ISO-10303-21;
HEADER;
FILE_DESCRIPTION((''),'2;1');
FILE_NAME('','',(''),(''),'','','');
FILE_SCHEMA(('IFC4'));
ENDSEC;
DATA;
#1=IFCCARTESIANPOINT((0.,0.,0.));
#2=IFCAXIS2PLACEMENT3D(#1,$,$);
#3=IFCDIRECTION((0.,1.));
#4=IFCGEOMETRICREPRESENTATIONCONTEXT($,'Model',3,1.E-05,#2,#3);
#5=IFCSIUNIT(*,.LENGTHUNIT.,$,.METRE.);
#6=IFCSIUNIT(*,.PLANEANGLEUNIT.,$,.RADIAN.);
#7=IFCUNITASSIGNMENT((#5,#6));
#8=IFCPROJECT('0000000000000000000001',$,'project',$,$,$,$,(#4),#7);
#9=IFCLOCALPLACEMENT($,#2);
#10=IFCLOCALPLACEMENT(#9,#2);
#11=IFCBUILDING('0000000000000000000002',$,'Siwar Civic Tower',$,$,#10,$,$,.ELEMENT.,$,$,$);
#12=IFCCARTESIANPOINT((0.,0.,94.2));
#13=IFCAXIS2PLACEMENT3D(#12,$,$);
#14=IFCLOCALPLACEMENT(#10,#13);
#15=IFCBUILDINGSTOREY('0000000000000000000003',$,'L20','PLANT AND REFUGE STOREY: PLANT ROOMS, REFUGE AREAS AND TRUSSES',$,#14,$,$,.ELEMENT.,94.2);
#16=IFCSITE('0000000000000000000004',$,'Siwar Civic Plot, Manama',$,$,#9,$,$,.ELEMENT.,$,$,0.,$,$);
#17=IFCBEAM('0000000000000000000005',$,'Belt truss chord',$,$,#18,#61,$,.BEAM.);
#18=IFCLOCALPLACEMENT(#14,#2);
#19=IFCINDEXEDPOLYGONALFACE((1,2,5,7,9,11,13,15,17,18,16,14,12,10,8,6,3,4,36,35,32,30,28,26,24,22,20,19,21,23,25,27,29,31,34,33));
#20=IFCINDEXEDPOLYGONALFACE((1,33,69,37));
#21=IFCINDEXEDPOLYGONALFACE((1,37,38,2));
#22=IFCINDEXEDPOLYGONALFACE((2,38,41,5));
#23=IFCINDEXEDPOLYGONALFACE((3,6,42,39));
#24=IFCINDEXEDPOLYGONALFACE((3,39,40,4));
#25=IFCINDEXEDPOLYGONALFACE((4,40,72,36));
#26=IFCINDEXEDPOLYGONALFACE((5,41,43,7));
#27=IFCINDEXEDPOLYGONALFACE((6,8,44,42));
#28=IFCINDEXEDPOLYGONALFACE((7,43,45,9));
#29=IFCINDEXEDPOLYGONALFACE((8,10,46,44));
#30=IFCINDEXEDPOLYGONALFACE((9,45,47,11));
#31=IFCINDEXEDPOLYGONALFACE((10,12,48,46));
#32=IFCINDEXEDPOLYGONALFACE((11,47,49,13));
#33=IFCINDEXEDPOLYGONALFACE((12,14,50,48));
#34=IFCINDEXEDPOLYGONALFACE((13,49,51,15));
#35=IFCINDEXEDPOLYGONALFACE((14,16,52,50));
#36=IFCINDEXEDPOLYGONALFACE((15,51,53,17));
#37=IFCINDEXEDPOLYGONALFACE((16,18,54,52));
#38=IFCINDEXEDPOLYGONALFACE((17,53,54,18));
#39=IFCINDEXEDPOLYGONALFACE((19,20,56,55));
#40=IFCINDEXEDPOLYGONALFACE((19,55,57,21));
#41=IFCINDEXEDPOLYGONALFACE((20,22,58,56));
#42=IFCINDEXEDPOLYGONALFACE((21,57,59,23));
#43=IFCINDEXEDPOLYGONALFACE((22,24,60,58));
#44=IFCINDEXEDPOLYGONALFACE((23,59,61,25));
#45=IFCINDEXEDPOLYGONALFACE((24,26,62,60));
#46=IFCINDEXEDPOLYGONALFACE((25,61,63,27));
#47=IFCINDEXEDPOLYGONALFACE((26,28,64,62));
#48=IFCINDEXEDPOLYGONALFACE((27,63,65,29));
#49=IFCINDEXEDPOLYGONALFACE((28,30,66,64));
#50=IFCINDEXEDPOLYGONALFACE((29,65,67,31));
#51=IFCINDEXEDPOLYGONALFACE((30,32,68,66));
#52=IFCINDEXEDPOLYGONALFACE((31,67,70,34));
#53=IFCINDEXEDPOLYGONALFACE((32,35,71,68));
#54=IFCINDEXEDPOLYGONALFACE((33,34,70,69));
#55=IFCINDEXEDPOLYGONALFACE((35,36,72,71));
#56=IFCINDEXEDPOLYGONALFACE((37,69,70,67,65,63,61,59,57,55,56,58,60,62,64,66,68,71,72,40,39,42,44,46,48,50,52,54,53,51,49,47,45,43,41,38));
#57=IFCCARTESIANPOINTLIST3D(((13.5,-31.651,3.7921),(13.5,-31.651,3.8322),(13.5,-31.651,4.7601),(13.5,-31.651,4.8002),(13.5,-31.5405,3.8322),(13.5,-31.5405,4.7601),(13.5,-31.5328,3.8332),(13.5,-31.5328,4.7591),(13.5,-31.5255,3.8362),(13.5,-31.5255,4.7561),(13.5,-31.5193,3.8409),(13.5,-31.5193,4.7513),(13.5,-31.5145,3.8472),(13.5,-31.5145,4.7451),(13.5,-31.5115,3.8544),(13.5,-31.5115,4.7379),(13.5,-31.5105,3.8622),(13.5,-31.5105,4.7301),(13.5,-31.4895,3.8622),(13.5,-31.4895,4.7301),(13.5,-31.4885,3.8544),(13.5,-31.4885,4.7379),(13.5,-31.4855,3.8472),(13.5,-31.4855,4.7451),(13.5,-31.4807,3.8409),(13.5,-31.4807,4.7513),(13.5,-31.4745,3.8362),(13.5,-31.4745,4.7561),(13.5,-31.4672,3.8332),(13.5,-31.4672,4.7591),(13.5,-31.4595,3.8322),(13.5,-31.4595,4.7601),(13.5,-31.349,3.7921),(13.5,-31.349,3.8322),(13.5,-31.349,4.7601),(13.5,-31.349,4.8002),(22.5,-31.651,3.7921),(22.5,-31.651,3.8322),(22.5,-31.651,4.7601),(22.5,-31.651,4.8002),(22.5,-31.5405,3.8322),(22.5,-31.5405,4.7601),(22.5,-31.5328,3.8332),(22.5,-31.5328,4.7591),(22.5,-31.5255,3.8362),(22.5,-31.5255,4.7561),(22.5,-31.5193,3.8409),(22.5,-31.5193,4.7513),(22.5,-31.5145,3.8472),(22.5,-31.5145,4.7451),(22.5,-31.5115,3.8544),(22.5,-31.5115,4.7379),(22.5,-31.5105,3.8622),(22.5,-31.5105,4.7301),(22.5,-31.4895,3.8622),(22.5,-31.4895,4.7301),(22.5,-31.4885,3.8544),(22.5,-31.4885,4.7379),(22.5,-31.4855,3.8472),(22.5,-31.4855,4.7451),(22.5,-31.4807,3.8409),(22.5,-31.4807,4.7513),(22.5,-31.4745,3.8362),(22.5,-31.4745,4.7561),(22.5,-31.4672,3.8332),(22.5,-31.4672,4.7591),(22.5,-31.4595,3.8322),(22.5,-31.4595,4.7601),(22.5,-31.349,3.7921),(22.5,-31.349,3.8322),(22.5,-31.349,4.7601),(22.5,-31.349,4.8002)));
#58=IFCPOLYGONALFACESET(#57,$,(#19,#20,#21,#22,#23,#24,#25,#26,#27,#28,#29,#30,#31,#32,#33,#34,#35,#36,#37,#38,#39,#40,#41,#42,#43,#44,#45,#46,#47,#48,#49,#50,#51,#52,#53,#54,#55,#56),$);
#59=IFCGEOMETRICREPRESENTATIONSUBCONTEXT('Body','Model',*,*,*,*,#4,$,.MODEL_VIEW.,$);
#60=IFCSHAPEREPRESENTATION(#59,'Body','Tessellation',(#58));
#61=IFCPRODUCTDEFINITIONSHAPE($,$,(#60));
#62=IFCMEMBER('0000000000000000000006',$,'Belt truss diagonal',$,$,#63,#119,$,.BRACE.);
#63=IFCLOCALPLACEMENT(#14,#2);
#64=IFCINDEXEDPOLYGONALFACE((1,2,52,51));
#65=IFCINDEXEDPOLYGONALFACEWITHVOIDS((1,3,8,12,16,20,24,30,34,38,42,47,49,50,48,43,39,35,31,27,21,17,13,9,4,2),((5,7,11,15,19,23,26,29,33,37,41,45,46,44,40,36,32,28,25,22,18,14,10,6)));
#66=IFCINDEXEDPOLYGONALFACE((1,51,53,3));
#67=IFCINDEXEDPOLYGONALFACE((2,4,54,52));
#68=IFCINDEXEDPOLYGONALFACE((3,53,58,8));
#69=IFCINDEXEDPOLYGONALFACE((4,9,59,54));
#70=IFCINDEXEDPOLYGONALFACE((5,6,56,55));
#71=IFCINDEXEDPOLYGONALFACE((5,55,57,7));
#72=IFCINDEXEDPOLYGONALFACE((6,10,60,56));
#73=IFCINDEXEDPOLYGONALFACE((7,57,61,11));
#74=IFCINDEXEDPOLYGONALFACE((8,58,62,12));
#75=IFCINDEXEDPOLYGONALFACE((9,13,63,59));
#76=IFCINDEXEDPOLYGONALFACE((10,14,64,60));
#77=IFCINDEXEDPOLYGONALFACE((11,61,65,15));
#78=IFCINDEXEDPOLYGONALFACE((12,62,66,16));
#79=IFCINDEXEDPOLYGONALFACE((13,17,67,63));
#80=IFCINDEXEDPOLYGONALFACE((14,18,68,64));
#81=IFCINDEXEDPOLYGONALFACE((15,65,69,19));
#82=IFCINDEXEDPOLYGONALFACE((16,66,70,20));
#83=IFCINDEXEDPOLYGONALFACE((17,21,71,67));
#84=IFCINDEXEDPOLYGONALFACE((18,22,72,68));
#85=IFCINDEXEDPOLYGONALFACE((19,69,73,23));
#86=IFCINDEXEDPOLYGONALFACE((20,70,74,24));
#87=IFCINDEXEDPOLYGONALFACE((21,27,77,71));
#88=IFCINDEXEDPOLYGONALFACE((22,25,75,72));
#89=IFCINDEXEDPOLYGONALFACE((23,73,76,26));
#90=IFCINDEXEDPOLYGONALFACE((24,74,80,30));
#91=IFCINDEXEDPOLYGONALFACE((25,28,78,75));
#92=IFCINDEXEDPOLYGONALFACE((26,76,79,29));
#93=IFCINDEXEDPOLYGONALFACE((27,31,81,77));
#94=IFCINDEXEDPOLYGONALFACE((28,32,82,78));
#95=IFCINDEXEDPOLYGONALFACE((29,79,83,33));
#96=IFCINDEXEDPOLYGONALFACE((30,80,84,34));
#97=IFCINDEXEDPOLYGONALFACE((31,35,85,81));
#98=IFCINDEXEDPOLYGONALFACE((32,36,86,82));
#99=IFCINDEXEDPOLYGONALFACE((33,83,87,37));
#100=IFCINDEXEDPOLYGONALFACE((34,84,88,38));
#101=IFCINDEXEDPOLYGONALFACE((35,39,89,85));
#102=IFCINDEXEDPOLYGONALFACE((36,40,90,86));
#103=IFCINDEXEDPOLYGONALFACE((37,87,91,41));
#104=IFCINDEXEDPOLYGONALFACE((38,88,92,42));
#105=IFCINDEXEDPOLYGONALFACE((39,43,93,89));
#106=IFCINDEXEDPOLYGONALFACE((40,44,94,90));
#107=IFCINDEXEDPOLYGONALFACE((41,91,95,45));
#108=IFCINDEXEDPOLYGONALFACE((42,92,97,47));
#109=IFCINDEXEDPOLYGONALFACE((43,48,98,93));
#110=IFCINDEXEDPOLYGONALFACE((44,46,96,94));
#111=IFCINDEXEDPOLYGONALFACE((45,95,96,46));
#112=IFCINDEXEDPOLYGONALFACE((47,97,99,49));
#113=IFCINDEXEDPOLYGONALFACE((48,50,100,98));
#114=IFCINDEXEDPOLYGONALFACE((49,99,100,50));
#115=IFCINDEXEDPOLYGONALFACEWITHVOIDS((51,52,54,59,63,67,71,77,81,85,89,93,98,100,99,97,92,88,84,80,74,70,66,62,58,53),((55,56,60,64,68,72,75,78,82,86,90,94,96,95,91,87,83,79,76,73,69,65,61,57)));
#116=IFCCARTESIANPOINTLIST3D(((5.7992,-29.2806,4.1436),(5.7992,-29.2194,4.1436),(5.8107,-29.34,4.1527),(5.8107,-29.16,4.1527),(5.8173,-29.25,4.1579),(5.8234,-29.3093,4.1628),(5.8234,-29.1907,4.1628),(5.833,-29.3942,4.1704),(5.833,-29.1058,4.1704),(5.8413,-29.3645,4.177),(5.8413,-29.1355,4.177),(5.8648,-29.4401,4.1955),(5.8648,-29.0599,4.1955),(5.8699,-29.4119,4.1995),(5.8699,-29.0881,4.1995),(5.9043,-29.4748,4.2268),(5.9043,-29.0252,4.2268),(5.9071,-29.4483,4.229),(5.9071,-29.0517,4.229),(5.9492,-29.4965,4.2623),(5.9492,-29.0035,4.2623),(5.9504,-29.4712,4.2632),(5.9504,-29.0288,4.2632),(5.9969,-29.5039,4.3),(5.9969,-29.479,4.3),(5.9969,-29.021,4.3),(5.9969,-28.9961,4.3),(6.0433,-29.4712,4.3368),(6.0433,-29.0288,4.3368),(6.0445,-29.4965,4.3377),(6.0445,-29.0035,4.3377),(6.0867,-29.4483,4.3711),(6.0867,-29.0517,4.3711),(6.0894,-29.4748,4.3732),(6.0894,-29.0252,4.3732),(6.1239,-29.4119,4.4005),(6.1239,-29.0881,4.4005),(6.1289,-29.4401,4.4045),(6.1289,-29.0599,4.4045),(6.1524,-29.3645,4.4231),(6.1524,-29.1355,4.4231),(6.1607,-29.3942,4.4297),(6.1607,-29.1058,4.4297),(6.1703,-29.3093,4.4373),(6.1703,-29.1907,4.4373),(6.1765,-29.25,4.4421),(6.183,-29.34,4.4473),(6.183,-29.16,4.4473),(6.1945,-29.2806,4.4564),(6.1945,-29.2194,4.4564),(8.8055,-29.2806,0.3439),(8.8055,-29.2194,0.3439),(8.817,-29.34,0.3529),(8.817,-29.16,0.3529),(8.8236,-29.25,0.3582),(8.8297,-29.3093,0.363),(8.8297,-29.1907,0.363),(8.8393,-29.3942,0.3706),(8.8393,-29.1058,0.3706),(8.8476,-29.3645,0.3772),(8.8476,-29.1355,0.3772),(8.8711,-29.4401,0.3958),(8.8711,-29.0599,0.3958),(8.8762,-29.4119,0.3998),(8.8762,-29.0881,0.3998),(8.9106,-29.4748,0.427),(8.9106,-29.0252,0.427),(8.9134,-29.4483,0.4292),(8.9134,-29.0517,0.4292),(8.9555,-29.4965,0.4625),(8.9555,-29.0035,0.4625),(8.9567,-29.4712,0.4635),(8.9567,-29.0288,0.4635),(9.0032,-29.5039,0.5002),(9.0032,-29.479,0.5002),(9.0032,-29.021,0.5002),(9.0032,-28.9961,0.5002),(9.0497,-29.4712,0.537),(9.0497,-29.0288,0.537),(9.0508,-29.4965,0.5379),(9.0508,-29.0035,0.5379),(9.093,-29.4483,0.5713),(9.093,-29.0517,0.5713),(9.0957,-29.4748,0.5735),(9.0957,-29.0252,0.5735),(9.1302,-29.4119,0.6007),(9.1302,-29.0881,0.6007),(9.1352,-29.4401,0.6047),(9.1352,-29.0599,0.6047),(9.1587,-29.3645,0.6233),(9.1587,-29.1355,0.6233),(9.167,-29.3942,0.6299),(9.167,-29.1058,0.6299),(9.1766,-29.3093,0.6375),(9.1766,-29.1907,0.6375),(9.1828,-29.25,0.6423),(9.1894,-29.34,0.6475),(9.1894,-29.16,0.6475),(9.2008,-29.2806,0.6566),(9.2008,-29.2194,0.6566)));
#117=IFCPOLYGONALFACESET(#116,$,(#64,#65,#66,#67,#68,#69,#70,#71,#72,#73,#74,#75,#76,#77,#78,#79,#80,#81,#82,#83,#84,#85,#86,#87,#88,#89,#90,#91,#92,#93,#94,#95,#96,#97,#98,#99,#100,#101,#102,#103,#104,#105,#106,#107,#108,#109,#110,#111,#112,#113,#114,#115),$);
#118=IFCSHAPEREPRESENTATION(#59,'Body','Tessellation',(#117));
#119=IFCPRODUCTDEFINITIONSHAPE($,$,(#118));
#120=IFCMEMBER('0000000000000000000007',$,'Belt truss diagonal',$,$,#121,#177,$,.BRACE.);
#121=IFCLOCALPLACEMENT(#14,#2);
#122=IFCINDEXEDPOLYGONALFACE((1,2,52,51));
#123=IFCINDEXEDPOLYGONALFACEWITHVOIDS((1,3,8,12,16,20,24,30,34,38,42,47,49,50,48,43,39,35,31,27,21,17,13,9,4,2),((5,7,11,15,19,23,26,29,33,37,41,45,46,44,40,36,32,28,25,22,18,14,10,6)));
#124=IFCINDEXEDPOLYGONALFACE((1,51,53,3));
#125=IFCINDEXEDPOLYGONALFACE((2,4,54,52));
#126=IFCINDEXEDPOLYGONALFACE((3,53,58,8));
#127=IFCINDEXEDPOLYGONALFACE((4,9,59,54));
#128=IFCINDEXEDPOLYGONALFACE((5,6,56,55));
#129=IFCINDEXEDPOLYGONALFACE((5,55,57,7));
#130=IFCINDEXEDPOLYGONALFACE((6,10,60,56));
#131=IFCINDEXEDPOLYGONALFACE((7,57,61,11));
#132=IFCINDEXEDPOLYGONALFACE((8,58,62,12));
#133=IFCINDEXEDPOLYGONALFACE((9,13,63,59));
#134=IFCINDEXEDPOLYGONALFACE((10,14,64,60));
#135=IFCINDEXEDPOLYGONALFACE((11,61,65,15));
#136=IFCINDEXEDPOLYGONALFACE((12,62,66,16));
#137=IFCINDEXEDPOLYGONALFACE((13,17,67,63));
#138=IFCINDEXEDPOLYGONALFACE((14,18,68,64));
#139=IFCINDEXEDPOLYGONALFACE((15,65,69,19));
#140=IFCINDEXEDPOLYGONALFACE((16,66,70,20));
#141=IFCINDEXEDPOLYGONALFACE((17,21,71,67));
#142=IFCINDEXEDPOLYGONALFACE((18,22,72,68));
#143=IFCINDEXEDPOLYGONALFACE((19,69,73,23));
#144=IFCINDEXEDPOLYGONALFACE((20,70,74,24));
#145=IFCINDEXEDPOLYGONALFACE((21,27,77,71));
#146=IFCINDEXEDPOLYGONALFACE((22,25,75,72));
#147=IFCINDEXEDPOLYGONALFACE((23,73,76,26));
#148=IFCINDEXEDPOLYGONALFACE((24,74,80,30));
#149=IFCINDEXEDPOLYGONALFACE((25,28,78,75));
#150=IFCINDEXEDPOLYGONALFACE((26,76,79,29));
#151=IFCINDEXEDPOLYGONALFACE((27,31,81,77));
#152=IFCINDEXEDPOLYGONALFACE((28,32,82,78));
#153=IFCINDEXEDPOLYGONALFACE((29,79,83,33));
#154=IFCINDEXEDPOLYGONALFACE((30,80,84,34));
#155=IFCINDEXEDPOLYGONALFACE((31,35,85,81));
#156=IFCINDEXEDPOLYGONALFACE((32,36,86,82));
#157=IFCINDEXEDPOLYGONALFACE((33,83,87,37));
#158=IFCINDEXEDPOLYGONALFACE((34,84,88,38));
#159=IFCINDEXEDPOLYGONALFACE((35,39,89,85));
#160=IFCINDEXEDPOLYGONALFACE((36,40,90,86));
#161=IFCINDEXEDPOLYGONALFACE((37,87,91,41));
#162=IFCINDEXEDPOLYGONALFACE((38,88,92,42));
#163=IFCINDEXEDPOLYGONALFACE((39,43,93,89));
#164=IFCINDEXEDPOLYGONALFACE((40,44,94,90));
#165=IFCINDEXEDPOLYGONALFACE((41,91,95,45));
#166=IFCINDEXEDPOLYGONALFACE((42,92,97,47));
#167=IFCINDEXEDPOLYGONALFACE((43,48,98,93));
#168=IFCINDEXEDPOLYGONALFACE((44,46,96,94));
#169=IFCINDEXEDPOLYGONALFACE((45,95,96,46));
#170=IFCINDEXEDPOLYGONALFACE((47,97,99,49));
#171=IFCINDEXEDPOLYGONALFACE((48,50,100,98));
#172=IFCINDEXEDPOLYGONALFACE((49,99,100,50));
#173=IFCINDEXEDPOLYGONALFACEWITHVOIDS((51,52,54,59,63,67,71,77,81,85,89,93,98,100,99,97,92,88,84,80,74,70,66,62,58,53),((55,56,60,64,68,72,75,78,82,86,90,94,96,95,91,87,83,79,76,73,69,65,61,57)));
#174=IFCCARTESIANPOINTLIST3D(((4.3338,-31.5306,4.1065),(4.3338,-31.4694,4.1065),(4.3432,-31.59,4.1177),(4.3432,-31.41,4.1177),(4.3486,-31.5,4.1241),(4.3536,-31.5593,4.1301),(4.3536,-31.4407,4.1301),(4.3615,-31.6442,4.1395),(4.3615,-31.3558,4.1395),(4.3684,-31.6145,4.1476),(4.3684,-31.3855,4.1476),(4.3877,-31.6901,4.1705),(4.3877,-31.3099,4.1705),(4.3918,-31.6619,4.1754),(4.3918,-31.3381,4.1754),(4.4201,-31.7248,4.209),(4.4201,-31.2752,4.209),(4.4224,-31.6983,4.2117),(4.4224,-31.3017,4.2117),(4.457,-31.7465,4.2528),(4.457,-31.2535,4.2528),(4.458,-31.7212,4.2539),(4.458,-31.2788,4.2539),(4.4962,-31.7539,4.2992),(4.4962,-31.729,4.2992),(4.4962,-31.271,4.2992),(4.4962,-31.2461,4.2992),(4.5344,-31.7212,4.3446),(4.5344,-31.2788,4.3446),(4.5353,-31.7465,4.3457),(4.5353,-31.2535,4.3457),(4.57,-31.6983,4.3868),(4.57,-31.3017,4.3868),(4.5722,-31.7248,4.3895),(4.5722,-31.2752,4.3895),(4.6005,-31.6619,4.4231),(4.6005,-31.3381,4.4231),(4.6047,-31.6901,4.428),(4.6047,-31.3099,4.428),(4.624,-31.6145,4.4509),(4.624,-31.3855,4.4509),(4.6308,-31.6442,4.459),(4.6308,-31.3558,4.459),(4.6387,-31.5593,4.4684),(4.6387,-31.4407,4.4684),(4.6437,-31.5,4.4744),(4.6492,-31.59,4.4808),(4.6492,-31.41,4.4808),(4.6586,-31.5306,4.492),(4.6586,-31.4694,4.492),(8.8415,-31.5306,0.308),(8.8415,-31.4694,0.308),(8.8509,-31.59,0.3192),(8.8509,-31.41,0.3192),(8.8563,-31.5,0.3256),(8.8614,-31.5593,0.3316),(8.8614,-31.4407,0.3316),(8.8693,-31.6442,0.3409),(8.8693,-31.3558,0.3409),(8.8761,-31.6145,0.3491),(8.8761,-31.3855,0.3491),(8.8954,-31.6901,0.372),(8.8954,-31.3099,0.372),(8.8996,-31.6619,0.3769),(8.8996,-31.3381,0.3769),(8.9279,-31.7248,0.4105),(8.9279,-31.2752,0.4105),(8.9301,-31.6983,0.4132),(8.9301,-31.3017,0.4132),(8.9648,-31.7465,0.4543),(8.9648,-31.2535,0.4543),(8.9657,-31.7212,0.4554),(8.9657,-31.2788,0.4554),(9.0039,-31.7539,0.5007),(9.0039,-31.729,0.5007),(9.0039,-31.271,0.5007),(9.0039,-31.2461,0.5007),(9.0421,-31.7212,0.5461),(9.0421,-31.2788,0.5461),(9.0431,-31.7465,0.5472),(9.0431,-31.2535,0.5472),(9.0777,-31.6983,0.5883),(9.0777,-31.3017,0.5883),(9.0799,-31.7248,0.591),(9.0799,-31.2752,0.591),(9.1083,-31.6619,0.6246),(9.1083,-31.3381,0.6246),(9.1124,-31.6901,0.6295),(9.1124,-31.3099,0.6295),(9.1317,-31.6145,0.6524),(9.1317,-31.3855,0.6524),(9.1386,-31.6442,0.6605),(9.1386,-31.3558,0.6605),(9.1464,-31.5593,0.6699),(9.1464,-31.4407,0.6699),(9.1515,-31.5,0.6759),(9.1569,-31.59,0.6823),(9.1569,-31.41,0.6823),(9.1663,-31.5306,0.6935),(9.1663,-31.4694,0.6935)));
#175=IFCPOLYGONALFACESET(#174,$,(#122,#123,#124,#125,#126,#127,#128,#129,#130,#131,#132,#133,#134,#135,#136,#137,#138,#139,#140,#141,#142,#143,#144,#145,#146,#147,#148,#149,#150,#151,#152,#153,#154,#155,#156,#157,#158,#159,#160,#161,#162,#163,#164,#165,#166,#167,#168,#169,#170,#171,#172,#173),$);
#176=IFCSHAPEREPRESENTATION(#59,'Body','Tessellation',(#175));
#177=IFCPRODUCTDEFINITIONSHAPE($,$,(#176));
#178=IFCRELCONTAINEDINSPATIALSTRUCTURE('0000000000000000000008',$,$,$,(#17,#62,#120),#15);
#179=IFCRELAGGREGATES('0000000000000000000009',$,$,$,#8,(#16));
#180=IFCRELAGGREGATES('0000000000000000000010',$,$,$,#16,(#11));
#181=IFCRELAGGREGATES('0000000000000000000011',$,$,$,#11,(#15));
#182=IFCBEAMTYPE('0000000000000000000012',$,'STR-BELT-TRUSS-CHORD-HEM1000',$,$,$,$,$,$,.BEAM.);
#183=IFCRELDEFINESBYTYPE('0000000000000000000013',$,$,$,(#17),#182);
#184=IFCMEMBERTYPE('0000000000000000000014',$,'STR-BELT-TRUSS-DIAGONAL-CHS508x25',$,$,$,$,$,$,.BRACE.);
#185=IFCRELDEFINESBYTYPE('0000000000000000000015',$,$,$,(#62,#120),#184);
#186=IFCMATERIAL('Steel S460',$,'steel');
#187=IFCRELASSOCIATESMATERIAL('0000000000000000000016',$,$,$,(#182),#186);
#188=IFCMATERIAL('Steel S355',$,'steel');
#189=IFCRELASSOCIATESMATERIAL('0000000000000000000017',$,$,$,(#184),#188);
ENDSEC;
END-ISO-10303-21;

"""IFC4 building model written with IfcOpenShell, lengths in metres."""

from ifc_helpers import new_model, si_unit, direction, frame, origin, origin_2d, place, context, subcontext, project, spatial, hollow_circle, i_section, extrude, material, material_profile, profile_set, type_object, element, save


model = new_model("IFC4")

# Units and contexts
model_context = context("Model", 3, precision=1e-05, world=origin(), true_north=direction((0.0, 1.0)))
body_context = subcontext(model_context, "Body", "Model", "MODEL_VIEW")
ifc_project = project(units=[si_unit("LENGTHUNIT", "METRE"), si_unit("PLANEANGLEUNIT", "RADIAN")], contexts=[model_context])

# Site, building, storey
site_placement = place(None, origin())
site = spatial("IfcSite", under=ifc_project, at=site_placement, Name="Siwar Civic Plot, Manama", CompositionType="ELEMENT", RefElevation=0.0)
building_placement = place(site_placement, origin())
building = spatial("IfcBuilding", under=site, at=building_placement, Name="Siwar Civic Tower", CompositionType="ELEMENT")
storey_placement = place(building_placement, frame((0.0, 0.0, 94.2)))
storey = spatial("IfcBuildingStorey", under=building, at=storey_placement, Name="L20", Description="PLANT AND REFUGE STOREY: PLANT ROOMS, REFUGE AREAS AND TRUSSES", CompositionType="ELEMENT", Elevation=94.2)

# Beam
ifc_material_1 = material(Name="Steel S460", Category="steel")
ifc_material_profile_1 = material_profile(ifc_material_1, i_section(OverallWidth=0.302, OverallDepth=1.0081, WebThickness=0.021, FlangeThickness=0.04, FilletRadius=0.03, at=origin_2d()), Name="HEM1000")
ifc_profile_set_1 = profile_set([ifc_material_profile_1], Name="Steel S460")
beam_type_1 = type_object("IfcBeamType", Name="STR-BELT-TRUSS-CHORD-HEM1000", PredefinedType="BEAM", material=ifc_profile_set_1)
for number, where, z_axis, x_axis, name in (
    (1, (13.5, -31.5, 4.2961), (1.0, 0.0, 0.0), (0.0, 1.0, 0.0), "Belt truss chord"),
):
    element("IfcBeam", number, at=place(storey_placement, frame(where, z_axis=z_axis, x_axis=x_axis)), inside=storey, type_object=beam_type_1, Name=name, PredefinedType="BEAM", context=body_context, shape_type="SweptSolid", body=[
        extrude(i_section(OverallWidth=0.302, OverallDepth=1.0081, WebThickness=0.021, FlangeThickness=0.04, FilletRadius=0.03, at=origin_2d()), origin(), (0.0, 0.0, 1.0), 9.0),
    ])

# Members
ifc_material_2 = material(Name="Steel S355", Category="steel")
ifc_material_profile_2 = material_profile(ifc_material_2, hollow_circle(Radius=0.2539, WallThickness=0.0249, at=origin_2d()), Name="CHS508x25")
ifc_profile_set_2 = profile_set([ifc_material_profile_2], Name="Steel S355")
member_type_1 = type_object("IfcMemberType", Name="STR-BELT-TRUSS-DIAGONAL-CHS508x25", PredefinedType="BRACE", material=ifc_profile_set_2)
member_1_placement = place(storey_placement, frame((9.0032, -29.25, 0.5002), z_axis=(-0.620471, 0.0, 0.78423), x_axis=(0.0, -1.0, 0.0)))
element("IfcMember", 2, at=member_1_placement, inside=storey, type_object=member_type_1, Name="Belt truss diagonal", PredefinedType="BRACE", context=body_context, shape_type="SweptSolid", body=[
    extrude(hollow_circle(Radius=0.2539, WallThickness=0.0249, at=origin_2d()), origin(), (0.0, 0.0, 1.0), 4.8452),
])
for number, where, z_axis, x_axis, name in (
    (3, (9.0039, -31.5, 0.5007), (-0.7647, 0.0, 0.644387), (0.0, -1.0, 0.0), "Belt truss diagonal"),
):
    element("IfcMember", number, at=place(storey_placement, frame(where, z_axis=z_axis, x_axis=x_axis)), inside=storey, type_object=member_type_1, Name=name, PredefinedType="BRACE", context=body_context, shape_type="SweptSolid", body=[
        extrude(hollow_circle(Radius=0.2539, WallThickness=0.0249, at=origin_2d()), origin(), (0.0, 0.0, 1.0), 5.8948),
    ])

save(model, "model.ifc")
